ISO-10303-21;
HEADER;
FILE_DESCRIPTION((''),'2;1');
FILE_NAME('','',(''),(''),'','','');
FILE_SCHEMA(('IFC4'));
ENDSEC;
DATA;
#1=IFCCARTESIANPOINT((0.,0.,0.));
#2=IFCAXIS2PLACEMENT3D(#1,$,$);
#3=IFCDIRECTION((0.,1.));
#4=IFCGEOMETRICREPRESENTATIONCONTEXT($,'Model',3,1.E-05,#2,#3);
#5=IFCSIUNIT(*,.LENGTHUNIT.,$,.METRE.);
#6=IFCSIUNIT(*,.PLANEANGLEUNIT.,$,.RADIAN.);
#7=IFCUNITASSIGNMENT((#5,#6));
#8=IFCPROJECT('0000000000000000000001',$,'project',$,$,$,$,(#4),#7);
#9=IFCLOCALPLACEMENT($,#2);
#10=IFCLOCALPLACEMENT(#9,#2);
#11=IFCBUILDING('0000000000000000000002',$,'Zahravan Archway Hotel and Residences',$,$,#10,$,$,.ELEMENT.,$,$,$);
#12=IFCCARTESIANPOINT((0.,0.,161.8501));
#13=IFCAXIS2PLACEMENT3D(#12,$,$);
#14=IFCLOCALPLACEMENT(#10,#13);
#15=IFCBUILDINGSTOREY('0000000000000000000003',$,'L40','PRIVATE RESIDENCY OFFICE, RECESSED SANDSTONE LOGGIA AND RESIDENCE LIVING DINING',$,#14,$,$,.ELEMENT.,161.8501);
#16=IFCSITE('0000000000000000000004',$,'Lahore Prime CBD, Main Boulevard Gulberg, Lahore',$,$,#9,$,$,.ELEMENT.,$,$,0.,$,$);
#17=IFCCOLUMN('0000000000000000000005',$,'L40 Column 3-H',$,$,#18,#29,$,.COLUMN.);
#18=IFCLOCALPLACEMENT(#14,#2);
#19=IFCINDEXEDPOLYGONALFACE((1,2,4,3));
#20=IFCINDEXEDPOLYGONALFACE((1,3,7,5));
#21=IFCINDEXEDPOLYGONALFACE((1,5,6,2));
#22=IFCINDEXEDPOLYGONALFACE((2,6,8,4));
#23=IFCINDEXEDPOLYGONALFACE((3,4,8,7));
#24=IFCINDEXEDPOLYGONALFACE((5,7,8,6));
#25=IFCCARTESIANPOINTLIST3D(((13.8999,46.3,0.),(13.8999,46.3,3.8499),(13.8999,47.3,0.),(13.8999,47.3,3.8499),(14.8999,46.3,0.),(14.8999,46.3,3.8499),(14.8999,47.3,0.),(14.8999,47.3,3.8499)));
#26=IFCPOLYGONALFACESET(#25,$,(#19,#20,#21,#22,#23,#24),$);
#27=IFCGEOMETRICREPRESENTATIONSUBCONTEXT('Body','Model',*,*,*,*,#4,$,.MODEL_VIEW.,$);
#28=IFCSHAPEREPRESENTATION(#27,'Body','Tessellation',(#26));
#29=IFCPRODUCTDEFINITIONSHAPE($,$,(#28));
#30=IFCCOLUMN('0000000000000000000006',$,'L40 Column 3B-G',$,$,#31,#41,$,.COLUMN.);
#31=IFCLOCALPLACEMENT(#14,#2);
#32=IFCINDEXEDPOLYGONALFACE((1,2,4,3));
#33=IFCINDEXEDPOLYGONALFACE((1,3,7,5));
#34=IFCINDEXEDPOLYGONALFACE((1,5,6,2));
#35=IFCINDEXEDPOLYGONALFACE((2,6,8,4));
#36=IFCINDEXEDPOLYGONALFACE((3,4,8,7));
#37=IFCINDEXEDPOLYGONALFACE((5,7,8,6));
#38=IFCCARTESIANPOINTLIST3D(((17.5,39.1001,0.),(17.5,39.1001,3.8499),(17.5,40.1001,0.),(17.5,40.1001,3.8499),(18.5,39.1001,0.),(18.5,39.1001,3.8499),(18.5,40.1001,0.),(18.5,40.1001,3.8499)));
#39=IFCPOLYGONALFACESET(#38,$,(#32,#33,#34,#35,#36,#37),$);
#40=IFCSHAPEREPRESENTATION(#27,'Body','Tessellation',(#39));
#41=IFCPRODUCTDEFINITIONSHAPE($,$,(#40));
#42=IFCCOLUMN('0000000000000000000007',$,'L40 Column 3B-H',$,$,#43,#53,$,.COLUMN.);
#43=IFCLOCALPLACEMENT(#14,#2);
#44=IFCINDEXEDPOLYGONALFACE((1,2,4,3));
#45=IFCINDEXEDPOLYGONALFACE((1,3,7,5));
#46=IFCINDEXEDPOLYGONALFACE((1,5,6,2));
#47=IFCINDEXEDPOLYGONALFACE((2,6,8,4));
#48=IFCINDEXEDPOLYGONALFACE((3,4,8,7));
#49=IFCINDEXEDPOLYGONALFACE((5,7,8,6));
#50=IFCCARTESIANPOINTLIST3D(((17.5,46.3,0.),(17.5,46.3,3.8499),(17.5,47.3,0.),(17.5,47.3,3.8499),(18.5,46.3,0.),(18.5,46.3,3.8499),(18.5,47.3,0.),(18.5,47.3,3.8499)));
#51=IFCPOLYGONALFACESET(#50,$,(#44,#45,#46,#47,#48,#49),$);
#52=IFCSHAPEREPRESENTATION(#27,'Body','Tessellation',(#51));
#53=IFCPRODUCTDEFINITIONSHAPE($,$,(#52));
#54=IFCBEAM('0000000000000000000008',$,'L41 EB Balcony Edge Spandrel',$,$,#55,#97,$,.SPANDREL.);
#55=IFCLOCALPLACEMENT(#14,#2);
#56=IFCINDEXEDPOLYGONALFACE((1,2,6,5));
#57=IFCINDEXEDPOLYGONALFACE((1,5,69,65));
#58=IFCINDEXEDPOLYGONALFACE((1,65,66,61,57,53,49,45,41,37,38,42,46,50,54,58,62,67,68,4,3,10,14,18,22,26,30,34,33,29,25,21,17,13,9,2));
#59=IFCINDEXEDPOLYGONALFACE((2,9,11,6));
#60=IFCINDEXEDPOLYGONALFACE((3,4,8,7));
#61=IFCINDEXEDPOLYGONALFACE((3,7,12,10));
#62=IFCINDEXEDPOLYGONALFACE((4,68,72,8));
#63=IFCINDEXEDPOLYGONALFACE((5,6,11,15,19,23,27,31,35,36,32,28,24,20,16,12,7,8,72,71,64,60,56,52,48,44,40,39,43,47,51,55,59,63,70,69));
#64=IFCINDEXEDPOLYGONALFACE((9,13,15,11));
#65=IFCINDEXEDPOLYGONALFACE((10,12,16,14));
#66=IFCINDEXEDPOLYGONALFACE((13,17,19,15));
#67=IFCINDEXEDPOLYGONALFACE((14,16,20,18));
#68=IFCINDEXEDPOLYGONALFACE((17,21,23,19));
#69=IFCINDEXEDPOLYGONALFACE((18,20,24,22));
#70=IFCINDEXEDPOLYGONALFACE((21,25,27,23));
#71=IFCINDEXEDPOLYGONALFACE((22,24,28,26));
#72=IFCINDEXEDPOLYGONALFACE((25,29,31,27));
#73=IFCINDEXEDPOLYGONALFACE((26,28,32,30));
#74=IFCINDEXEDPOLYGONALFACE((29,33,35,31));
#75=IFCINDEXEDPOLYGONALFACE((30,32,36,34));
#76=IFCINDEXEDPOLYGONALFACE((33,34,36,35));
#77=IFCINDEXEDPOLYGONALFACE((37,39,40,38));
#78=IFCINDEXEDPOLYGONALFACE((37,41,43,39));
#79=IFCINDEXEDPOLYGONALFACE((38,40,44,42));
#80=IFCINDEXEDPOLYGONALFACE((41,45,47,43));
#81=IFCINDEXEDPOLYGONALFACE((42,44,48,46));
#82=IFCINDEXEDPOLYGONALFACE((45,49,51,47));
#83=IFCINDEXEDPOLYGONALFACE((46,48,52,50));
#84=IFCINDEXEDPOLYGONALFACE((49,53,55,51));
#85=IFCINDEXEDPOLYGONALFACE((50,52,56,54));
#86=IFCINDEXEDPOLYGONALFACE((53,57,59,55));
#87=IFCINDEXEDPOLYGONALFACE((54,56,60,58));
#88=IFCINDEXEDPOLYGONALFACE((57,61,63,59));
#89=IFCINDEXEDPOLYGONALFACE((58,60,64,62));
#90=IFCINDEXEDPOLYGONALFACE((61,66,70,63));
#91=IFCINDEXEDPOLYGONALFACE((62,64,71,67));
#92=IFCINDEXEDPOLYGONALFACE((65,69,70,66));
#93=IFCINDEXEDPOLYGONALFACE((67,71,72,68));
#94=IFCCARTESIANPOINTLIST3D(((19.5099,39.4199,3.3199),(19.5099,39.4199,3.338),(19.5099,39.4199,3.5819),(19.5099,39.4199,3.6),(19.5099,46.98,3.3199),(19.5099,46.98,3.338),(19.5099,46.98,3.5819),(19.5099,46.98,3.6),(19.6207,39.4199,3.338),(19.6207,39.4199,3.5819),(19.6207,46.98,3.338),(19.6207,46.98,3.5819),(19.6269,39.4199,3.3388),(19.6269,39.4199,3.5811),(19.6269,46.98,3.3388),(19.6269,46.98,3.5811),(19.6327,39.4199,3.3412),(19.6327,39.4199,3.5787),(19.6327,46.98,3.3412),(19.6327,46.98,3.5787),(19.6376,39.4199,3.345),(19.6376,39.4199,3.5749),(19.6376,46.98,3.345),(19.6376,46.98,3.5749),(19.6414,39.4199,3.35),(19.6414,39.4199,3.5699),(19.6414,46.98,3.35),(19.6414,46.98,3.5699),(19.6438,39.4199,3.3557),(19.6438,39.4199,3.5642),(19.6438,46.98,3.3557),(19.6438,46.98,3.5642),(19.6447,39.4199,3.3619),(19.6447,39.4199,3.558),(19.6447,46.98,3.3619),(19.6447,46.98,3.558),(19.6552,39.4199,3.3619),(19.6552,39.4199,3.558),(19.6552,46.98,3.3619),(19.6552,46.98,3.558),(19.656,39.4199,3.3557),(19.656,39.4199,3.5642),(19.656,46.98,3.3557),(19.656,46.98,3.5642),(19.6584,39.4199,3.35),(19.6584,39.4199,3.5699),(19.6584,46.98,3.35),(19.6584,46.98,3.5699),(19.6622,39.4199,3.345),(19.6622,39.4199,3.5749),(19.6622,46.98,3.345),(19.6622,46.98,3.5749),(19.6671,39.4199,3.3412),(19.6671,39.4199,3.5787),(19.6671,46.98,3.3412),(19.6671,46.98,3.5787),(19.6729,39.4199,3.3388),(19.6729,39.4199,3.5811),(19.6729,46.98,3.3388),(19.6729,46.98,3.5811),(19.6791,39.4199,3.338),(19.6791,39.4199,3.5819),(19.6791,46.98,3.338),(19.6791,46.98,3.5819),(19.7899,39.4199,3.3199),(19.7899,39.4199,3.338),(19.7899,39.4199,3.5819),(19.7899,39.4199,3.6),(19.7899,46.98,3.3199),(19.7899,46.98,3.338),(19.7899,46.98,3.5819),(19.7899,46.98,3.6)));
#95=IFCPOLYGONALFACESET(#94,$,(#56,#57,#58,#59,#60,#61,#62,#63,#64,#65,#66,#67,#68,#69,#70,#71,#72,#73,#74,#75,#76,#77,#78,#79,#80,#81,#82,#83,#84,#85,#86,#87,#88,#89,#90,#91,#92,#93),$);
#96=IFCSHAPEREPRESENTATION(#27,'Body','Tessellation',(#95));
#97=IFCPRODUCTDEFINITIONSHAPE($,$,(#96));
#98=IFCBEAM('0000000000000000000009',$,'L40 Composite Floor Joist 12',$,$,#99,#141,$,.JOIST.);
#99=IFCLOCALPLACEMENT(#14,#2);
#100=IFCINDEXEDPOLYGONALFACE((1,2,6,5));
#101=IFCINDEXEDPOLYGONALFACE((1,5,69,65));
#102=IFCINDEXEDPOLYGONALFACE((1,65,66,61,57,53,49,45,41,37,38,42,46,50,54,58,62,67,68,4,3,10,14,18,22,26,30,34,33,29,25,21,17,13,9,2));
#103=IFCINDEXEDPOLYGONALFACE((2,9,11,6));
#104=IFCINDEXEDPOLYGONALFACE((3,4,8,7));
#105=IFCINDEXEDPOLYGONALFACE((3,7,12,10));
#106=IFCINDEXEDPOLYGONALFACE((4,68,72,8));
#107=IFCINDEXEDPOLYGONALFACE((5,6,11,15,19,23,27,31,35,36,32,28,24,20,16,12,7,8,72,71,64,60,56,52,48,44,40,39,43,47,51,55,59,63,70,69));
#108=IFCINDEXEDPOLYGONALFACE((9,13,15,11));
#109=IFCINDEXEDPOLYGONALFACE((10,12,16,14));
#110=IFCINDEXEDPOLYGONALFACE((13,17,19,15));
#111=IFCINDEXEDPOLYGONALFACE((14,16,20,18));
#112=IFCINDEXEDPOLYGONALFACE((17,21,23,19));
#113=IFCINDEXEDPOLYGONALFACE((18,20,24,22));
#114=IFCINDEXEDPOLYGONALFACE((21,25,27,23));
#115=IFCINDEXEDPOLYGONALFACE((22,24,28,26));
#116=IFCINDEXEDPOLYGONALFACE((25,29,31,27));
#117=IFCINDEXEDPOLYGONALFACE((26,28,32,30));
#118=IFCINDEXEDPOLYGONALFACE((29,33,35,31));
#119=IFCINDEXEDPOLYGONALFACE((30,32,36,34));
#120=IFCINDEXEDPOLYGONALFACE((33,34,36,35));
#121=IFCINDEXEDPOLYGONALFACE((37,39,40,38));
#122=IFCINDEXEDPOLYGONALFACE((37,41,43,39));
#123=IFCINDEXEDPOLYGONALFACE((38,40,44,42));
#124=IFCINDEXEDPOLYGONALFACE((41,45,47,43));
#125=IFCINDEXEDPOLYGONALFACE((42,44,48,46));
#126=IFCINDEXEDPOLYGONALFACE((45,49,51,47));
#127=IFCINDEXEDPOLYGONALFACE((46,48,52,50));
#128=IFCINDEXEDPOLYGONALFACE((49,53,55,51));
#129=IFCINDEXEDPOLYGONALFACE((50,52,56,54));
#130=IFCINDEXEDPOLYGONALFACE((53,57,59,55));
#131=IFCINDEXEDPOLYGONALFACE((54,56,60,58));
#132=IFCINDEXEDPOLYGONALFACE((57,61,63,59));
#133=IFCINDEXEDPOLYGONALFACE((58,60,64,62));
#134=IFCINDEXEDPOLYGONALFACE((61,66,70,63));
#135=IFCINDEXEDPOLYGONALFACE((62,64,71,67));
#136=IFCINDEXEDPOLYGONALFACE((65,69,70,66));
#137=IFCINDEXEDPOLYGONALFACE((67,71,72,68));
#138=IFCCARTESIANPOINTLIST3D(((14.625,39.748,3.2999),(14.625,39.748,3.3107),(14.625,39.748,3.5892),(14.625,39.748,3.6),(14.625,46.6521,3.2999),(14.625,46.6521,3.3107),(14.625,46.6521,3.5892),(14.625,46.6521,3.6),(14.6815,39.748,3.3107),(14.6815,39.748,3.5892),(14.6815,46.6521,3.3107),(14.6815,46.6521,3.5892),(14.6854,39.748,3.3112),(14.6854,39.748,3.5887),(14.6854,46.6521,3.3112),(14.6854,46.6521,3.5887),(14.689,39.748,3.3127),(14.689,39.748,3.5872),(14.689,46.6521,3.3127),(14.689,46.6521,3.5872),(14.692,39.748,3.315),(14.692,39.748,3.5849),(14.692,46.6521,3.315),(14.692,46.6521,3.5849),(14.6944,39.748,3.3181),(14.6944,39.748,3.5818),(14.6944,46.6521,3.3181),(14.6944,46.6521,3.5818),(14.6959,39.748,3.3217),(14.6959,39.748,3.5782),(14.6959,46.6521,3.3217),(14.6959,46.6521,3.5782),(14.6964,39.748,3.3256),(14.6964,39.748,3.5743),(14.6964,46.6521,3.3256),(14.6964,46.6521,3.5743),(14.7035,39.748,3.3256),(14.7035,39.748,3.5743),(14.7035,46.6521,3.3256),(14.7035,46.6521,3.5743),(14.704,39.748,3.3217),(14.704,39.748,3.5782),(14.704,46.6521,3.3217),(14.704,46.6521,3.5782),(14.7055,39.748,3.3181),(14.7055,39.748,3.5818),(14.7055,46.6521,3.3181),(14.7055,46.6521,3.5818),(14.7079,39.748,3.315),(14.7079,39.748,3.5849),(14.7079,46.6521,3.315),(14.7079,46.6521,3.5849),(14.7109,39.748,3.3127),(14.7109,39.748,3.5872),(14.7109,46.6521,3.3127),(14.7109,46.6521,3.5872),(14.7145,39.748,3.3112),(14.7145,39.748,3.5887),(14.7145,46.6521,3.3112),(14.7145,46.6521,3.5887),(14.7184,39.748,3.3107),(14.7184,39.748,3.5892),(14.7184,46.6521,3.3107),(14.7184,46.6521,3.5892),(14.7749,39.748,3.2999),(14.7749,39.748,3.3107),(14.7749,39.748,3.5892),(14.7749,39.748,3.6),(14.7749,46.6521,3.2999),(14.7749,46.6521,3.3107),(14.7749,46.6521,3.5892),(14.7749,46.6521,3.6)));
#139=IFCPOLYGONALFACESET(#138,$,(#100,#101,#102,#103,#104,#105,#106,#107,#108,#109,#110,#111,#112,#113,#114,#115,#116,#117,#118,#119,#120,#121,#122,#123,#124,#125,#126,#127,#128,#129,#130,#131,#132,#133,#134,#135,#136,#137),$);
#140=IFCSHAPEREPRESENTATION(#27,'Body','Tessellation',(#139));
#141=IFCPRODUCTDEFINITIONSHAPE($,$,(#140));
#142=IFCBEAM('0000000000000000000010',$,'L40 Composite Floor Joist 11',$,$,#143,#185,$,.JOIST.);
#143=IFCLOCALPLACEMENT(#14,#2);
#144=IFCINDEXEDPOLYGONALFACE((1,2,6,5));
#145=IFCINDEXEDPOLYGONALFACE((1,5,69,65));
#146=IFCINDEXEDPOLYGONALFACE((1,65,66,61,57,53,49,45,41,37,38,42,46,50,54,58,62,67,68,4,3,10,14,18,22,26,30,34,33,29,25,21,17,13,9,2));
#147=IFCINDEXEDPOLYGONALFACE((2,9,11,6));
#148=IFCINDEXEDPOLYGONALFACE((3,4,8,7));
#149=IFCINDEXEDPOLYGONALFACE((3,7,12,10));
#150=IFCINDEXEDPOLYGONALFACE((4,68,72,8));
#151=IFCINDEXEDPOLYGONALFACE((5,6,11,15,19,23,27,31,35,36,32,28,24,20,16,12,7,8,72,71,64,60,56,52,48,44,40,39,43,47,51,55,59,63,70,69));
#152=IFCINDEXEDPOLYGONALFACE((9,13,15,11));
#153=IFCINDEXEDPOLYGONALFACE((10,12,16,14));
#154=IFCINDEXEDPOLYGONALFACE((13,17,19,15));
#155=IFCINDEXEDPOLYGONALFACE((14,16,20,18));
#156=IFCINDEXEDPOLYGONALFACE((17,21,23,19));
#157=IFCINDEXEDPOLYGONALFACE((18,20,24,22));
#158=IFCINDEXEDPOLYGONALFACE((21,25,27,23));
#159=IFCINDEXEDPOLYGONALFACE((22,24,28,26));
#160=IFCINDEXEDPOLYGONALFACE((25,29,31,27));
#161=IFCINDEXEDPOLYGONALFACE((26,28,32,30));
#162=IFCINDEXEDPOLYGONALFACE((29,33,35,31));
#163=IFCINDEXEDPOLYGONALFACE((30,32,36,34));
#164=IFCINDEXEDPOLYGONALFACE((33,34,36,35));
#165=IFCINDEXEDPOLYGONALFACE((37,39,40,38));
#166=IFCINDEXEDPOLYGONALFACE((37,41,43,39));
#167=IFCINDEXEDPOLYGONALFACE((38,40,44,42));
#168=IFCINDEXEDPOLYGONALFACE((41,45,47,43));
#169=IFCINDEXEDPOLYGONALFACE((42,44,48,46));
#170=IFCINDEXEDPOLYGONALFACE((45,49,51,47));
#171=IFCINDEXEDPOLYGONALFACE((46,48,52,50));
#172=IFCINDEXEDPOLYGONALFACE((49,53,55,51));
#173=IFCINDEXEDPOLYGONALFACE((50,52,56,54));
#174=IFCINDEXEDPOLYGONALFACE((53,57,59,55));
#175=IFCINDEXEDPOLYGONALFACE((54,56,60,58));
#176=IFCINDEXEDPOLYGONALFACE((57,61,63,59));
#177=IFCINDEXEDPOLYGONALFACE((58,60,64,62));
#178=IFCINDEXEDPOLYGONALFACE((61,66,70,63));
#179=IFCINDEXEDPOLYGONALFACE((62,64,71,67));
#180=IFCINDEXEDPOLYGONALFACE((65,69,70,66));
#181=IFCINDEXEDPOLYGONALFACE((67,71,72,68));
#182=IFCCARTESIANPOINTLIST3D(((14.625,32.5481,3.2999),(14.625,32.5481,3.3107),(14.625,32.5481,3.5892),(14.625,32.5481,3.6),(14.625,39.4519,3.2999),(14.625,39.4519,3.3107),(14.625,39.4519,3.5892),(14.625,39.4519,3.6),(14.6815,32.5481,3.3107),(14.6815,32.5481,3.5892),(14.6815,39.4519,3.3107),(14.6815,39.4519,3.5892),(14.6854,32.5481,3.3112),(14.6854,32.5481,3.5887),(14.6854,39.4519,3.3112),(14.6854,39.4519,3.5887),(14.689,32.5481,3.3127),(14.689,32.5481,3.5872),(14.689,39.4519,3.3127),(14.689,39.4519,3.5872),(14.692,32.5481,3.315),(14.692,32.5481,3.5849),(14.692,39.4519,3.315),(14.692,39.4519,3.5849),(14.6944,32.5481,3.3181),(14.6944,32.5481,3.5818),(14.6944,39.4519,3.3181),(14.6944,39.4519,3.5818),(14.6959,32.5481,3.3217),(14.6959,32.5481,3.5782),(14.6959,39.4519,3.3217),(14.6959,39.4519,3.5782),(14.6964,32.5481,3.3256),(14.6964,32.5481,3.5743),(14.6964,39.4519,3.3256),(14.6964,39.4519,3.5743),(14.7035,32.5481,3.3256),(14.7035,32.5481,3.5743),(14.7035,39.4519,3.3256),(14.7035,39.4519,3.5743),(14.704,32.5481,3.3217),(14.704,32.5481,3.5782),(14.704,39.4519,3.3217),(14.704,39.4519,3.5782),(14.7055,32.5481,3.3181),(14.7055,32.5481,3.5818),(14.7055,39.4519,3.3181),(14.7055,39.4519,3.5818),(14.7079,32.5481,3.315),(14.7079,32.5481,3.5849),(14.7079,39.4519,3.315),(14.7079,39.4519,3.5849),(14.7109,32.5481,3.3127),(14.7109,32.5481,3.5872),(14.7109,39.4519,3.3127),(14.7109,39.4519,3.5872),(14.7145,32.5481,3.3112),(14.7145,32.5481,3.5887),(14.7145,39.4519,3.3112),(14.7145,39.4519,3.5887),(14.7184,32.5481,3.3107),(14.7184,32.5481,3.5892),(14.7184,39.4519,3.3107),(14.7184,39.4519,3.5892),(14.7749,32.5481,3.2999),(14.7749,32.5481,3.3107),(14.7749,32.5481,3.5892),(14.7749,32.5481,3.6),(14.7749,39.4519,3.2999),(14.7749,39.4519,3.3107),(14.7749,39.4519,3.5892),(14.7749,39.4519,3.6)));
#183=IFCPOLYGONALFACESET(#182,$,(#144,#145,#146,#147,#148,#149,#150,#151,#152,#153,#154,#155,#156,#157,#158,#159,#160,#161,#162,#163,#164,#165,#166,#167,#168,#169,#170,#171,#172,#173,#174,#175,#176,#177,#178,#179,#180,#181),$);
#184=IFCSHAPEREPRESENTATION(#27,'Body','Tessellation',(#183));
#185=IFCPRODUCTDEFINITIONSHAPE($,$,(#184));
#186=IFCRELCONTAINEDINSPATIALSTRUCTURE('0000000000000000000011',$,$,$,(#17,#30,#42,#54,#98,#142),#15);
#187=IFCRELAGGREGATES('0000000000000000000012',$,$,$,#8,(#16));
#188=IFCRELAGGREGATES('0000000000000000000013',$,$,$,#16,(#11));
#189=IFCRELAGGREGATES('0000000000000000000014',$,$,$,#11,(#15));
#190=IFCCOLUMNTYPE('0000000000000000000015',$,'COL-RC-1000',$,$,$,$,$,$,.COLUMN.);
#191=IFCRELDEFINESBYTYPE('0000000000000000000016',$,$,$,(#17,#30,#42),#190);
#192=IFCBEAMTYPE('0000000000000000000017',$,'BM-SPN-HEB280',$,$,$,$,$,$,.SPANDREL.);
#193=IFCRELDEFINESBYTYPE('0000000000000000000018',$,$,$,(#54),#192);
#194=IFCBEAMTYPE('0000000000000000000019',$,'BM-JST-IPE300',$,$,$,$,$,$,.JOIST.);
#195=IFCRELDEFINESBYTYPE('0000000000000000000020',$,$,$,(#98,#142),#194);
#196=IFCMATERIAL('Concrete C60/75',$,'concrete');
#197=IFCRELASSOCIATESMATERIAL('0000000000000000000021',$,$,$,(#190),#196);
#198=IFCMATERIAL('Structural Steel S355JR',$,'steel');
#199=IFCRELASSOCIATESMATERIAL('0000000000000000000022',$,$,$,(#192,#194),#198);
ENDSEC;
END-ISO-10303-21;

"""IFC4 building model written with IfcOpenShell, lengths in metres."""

from ifc_helpers import new_model, si_unit, direction, frame, origin, origin_2d, place, context, subcontext, project, spatial, rectangle, i_section, extrude, source, transform, mapped, material, material_profile, profile_set, type_object, type_shapes, element, save


model = new_model("IFC4")

# Units and contexts
model_context = context("Model", 3, precision=1e-05, world=origin(), true_north=direction((0.0, 1.0)))
body_context = subcontext(model_context, "Body", "Model", "MODEL_VIEW")
ifc_project = project(units=[si_unit("LENGTHUNIT", "METRE"), si_unit("PLANEANGLEUNIT", "RADIAN")], contexts=[model_context])

# Site, building, storey
site_placement = place(None, origin())
site = spatial("IfcSite", under=ifc_project, at=site_placement, Name="Lahore Prime CBD, Main Boulevard Gulberg, Lahore", CompositionType="ELEMENT", RefElevation=0.0)
building_placement = place(site_placement, origin())
building = spatial("IfcBuilding", under=site, at=building_placement, Name="Zahravan Archway Hotel and Residences", CompositionType="ELEMENT")
storey_placement = place(building_placement, frame((0.0, 0.0, 161.8501)))
storey = spatial("IfcBuildingStorey", under=building, at=storey_placement, Name="L40", Description="PRIVATE RESIDENCY OFFICE, RECESSED SANDSTONE LOGGIA AND RESIDENCE LIVING DINING", CompositionType="ELEMENT", Elevation=161.8501)

# Columns
ifc_material_1 = material(Name="Concrete C60/75", Category="concrete")
ifc_material_profile_1 = material_profile(ifc_material_1, rectangle(XDim=1.0, YDim=1.0, at=origin_2d()), Name="RC-COL-1000x1000", Category="concrete")
ifc_profile_set_1 = profile_set([ifc_material_profile_1], Name="Concrete C60/75")
column_type = type_object("IfcColumnType", Name="COL-RC-1000", PredefinedType="COLUMN", material=ifc_profile_set_1)
shared_shape_1 = source(origin(), body_context, "Body", "SweptSolid", [
    extrude(rectangle(XDim=1.0, YDim=1.0, at=origin_2d()), origin(), (0.0, 0.0, 1.0), 3.8499),
])
for number, where, z_axis, x_axis, name in (
    (1, (14.3999, 46.8, 0.0), (0.0, 0.0, 1.0), (1.0, 0.0, 0.0), "L40 Column 3-H"),
    (2, (18.0, 39.6001, 0.0), (0.0, 0.0, 1.0), (1.0, 0.0, 0.0), "L40 Column 3B-G"),
    (3, (18.0, 46.8, 0.0), (0.0, 0.0, 1.0), (1.0, 0.0, 0.0), "L40 Column 3B-H"),
):
    element("IfcColumn", number, at=place(storey_placement, frame(where, z_axis=z_axis, x_axis=x_axis)), inside=storey, type_object=column_type, Name=name, PredefinedType="COLUMN", context=body_context, shape_type="MappedRepresentation", body=[
        mapped(shared_shape_1, transform((0.0, 0.0, 0.0), scale=1.0)),
    ])

# Beams
ifc_material_2 = material(Name="Structural Steel S355JR", Category="steel")
ifc_material_profile_2 = material_profile(ifc_material_2, i_section(OverallWidth=0.28, OverallDepth=0.28, WebThickness=0.0105, FlangeThickness=0.0181, FilletRadius=0.0239, at=origin_2d()), Name="HEB 280", Category="steel")
ifc_profile_set_2 = profile_set([ifc_material_profile_2], Name="Structural Steel S355JR")
beam_type_1 = type_object("IfcBeamType", Name="BM-SPN-HEB280", PredefinedType="SPANDREL", material=ifc_profile_set_2)
shared_shape_2 = source(origin(), body_context, "Body", "SweptSolid", [
    extrude(i_section(OverallWidth=0.28, OverallDepth=0.28, WebThickness=0.0105, FlangeThickness=0.0181, FilletRadius=0.0239, at=origin_2d()), origin(), (0.0, 0.0, 1.0), 7.5601),
])
type_shapes(beam_type_1, [shared_shape_2])
beam_1_placement = place(storey_placement, frame((19.6499, 39.4199, 3.46), z_axis=(0.0, 1.0, 0.0), x_axis=(-1.0, 0.0, 0.0)))
element("IfcBeam", 4, at=beam_1_placement, inside=storey, type_object=beam_type_1, Name="L41 EB Balcony Edge Spandrel", PredefinedType="SPANDREL", context=body_context, shape_type="MappedRepresentation", body=[
    mapped(shared_shape_2, transform((0.0, 0.0, 0.0), scale=1.0)),
])
ifc_material_profile_3 = material_profile(ifc_material_2, i_section(OverallWidth=0.1499, OverallDepth=0.3, WebThickness=0.0071, FlangeThickness=0.0107, FilletRadius=0.0149, at=origin_2d()), Name="IPE 300", Category="steel")
ifc_profile_set_3 = profile_set([ifc_material_profile_3], Name="Structural Steel S355JR")
beam_type_2 = type_object("IfcBeamType", Name="BM-JST-IPE300", PredefinedType="JOIST", material=ifc_profile_set_3)
shared_shape_3 = source(origin(), body_context, "Body", "SweptSolid", [
    extrude(i_section(OverallWidth=0.1499, OverallDepth=0.3, WebThickness=0.0071, FlangeThickness=0.0107, FilletRadius=0.0149, at=origin_2d()), origin(), (0.0, 0.0, 1.0), 6.9041),
])
type_shapes(beam_type_2, [shared_shape_3])
beam_2_placement = place(storey_placement, frame((14.7, 39.748, 3.45), z_axis=(0.0, 1.0, 0.0), x_axis=(-1.0, 0.0, 0.0)))
element("IfcBeam", 5, at=beam_2_placement, inside=storey, type_object=beam_type_2, Name="L40 Composite Floor Joist 12", PredefinedType="JOIST", context=body_context, shape_type="MappedRepresentation", body=[
    mapped(shared_shape_3, transform((0.0, 0.0, 0.0), scale=1.0)),
])
shared_shape_4 = source(origin(), body_context, "Body", "SweptSolid", [
    extrude(i_section(OverallWidth=0.1499, OverallDepth=0.3, WebThickness=0.0071, FlangeThickness=0.0107, FilletRadius=0.0149, at=origin_2d()), origin(), (0.0, 0.0, 1.0), 6.9038),
])
beam_3_placement = place(storey_placement, frame((14.7, 32.5481, 3.45), z_axis=(0.0, 1.0, 0.0), x_axis=(-1.0, 0.0, 0.0)))
element("IfcBeam", 6, at=beam_3_placement, inside=storey, type_object=beam_type_2, Name="L40 Composite Floor Joist 11", PredefinedType="JOIST", context=body_context, shape_type="MappedRepresentation", body=[
    mapped(shared_shape_4, transform((0.0, 0.0, 0.0), scale=1.0)),
])

save(model, "model.ifc")
